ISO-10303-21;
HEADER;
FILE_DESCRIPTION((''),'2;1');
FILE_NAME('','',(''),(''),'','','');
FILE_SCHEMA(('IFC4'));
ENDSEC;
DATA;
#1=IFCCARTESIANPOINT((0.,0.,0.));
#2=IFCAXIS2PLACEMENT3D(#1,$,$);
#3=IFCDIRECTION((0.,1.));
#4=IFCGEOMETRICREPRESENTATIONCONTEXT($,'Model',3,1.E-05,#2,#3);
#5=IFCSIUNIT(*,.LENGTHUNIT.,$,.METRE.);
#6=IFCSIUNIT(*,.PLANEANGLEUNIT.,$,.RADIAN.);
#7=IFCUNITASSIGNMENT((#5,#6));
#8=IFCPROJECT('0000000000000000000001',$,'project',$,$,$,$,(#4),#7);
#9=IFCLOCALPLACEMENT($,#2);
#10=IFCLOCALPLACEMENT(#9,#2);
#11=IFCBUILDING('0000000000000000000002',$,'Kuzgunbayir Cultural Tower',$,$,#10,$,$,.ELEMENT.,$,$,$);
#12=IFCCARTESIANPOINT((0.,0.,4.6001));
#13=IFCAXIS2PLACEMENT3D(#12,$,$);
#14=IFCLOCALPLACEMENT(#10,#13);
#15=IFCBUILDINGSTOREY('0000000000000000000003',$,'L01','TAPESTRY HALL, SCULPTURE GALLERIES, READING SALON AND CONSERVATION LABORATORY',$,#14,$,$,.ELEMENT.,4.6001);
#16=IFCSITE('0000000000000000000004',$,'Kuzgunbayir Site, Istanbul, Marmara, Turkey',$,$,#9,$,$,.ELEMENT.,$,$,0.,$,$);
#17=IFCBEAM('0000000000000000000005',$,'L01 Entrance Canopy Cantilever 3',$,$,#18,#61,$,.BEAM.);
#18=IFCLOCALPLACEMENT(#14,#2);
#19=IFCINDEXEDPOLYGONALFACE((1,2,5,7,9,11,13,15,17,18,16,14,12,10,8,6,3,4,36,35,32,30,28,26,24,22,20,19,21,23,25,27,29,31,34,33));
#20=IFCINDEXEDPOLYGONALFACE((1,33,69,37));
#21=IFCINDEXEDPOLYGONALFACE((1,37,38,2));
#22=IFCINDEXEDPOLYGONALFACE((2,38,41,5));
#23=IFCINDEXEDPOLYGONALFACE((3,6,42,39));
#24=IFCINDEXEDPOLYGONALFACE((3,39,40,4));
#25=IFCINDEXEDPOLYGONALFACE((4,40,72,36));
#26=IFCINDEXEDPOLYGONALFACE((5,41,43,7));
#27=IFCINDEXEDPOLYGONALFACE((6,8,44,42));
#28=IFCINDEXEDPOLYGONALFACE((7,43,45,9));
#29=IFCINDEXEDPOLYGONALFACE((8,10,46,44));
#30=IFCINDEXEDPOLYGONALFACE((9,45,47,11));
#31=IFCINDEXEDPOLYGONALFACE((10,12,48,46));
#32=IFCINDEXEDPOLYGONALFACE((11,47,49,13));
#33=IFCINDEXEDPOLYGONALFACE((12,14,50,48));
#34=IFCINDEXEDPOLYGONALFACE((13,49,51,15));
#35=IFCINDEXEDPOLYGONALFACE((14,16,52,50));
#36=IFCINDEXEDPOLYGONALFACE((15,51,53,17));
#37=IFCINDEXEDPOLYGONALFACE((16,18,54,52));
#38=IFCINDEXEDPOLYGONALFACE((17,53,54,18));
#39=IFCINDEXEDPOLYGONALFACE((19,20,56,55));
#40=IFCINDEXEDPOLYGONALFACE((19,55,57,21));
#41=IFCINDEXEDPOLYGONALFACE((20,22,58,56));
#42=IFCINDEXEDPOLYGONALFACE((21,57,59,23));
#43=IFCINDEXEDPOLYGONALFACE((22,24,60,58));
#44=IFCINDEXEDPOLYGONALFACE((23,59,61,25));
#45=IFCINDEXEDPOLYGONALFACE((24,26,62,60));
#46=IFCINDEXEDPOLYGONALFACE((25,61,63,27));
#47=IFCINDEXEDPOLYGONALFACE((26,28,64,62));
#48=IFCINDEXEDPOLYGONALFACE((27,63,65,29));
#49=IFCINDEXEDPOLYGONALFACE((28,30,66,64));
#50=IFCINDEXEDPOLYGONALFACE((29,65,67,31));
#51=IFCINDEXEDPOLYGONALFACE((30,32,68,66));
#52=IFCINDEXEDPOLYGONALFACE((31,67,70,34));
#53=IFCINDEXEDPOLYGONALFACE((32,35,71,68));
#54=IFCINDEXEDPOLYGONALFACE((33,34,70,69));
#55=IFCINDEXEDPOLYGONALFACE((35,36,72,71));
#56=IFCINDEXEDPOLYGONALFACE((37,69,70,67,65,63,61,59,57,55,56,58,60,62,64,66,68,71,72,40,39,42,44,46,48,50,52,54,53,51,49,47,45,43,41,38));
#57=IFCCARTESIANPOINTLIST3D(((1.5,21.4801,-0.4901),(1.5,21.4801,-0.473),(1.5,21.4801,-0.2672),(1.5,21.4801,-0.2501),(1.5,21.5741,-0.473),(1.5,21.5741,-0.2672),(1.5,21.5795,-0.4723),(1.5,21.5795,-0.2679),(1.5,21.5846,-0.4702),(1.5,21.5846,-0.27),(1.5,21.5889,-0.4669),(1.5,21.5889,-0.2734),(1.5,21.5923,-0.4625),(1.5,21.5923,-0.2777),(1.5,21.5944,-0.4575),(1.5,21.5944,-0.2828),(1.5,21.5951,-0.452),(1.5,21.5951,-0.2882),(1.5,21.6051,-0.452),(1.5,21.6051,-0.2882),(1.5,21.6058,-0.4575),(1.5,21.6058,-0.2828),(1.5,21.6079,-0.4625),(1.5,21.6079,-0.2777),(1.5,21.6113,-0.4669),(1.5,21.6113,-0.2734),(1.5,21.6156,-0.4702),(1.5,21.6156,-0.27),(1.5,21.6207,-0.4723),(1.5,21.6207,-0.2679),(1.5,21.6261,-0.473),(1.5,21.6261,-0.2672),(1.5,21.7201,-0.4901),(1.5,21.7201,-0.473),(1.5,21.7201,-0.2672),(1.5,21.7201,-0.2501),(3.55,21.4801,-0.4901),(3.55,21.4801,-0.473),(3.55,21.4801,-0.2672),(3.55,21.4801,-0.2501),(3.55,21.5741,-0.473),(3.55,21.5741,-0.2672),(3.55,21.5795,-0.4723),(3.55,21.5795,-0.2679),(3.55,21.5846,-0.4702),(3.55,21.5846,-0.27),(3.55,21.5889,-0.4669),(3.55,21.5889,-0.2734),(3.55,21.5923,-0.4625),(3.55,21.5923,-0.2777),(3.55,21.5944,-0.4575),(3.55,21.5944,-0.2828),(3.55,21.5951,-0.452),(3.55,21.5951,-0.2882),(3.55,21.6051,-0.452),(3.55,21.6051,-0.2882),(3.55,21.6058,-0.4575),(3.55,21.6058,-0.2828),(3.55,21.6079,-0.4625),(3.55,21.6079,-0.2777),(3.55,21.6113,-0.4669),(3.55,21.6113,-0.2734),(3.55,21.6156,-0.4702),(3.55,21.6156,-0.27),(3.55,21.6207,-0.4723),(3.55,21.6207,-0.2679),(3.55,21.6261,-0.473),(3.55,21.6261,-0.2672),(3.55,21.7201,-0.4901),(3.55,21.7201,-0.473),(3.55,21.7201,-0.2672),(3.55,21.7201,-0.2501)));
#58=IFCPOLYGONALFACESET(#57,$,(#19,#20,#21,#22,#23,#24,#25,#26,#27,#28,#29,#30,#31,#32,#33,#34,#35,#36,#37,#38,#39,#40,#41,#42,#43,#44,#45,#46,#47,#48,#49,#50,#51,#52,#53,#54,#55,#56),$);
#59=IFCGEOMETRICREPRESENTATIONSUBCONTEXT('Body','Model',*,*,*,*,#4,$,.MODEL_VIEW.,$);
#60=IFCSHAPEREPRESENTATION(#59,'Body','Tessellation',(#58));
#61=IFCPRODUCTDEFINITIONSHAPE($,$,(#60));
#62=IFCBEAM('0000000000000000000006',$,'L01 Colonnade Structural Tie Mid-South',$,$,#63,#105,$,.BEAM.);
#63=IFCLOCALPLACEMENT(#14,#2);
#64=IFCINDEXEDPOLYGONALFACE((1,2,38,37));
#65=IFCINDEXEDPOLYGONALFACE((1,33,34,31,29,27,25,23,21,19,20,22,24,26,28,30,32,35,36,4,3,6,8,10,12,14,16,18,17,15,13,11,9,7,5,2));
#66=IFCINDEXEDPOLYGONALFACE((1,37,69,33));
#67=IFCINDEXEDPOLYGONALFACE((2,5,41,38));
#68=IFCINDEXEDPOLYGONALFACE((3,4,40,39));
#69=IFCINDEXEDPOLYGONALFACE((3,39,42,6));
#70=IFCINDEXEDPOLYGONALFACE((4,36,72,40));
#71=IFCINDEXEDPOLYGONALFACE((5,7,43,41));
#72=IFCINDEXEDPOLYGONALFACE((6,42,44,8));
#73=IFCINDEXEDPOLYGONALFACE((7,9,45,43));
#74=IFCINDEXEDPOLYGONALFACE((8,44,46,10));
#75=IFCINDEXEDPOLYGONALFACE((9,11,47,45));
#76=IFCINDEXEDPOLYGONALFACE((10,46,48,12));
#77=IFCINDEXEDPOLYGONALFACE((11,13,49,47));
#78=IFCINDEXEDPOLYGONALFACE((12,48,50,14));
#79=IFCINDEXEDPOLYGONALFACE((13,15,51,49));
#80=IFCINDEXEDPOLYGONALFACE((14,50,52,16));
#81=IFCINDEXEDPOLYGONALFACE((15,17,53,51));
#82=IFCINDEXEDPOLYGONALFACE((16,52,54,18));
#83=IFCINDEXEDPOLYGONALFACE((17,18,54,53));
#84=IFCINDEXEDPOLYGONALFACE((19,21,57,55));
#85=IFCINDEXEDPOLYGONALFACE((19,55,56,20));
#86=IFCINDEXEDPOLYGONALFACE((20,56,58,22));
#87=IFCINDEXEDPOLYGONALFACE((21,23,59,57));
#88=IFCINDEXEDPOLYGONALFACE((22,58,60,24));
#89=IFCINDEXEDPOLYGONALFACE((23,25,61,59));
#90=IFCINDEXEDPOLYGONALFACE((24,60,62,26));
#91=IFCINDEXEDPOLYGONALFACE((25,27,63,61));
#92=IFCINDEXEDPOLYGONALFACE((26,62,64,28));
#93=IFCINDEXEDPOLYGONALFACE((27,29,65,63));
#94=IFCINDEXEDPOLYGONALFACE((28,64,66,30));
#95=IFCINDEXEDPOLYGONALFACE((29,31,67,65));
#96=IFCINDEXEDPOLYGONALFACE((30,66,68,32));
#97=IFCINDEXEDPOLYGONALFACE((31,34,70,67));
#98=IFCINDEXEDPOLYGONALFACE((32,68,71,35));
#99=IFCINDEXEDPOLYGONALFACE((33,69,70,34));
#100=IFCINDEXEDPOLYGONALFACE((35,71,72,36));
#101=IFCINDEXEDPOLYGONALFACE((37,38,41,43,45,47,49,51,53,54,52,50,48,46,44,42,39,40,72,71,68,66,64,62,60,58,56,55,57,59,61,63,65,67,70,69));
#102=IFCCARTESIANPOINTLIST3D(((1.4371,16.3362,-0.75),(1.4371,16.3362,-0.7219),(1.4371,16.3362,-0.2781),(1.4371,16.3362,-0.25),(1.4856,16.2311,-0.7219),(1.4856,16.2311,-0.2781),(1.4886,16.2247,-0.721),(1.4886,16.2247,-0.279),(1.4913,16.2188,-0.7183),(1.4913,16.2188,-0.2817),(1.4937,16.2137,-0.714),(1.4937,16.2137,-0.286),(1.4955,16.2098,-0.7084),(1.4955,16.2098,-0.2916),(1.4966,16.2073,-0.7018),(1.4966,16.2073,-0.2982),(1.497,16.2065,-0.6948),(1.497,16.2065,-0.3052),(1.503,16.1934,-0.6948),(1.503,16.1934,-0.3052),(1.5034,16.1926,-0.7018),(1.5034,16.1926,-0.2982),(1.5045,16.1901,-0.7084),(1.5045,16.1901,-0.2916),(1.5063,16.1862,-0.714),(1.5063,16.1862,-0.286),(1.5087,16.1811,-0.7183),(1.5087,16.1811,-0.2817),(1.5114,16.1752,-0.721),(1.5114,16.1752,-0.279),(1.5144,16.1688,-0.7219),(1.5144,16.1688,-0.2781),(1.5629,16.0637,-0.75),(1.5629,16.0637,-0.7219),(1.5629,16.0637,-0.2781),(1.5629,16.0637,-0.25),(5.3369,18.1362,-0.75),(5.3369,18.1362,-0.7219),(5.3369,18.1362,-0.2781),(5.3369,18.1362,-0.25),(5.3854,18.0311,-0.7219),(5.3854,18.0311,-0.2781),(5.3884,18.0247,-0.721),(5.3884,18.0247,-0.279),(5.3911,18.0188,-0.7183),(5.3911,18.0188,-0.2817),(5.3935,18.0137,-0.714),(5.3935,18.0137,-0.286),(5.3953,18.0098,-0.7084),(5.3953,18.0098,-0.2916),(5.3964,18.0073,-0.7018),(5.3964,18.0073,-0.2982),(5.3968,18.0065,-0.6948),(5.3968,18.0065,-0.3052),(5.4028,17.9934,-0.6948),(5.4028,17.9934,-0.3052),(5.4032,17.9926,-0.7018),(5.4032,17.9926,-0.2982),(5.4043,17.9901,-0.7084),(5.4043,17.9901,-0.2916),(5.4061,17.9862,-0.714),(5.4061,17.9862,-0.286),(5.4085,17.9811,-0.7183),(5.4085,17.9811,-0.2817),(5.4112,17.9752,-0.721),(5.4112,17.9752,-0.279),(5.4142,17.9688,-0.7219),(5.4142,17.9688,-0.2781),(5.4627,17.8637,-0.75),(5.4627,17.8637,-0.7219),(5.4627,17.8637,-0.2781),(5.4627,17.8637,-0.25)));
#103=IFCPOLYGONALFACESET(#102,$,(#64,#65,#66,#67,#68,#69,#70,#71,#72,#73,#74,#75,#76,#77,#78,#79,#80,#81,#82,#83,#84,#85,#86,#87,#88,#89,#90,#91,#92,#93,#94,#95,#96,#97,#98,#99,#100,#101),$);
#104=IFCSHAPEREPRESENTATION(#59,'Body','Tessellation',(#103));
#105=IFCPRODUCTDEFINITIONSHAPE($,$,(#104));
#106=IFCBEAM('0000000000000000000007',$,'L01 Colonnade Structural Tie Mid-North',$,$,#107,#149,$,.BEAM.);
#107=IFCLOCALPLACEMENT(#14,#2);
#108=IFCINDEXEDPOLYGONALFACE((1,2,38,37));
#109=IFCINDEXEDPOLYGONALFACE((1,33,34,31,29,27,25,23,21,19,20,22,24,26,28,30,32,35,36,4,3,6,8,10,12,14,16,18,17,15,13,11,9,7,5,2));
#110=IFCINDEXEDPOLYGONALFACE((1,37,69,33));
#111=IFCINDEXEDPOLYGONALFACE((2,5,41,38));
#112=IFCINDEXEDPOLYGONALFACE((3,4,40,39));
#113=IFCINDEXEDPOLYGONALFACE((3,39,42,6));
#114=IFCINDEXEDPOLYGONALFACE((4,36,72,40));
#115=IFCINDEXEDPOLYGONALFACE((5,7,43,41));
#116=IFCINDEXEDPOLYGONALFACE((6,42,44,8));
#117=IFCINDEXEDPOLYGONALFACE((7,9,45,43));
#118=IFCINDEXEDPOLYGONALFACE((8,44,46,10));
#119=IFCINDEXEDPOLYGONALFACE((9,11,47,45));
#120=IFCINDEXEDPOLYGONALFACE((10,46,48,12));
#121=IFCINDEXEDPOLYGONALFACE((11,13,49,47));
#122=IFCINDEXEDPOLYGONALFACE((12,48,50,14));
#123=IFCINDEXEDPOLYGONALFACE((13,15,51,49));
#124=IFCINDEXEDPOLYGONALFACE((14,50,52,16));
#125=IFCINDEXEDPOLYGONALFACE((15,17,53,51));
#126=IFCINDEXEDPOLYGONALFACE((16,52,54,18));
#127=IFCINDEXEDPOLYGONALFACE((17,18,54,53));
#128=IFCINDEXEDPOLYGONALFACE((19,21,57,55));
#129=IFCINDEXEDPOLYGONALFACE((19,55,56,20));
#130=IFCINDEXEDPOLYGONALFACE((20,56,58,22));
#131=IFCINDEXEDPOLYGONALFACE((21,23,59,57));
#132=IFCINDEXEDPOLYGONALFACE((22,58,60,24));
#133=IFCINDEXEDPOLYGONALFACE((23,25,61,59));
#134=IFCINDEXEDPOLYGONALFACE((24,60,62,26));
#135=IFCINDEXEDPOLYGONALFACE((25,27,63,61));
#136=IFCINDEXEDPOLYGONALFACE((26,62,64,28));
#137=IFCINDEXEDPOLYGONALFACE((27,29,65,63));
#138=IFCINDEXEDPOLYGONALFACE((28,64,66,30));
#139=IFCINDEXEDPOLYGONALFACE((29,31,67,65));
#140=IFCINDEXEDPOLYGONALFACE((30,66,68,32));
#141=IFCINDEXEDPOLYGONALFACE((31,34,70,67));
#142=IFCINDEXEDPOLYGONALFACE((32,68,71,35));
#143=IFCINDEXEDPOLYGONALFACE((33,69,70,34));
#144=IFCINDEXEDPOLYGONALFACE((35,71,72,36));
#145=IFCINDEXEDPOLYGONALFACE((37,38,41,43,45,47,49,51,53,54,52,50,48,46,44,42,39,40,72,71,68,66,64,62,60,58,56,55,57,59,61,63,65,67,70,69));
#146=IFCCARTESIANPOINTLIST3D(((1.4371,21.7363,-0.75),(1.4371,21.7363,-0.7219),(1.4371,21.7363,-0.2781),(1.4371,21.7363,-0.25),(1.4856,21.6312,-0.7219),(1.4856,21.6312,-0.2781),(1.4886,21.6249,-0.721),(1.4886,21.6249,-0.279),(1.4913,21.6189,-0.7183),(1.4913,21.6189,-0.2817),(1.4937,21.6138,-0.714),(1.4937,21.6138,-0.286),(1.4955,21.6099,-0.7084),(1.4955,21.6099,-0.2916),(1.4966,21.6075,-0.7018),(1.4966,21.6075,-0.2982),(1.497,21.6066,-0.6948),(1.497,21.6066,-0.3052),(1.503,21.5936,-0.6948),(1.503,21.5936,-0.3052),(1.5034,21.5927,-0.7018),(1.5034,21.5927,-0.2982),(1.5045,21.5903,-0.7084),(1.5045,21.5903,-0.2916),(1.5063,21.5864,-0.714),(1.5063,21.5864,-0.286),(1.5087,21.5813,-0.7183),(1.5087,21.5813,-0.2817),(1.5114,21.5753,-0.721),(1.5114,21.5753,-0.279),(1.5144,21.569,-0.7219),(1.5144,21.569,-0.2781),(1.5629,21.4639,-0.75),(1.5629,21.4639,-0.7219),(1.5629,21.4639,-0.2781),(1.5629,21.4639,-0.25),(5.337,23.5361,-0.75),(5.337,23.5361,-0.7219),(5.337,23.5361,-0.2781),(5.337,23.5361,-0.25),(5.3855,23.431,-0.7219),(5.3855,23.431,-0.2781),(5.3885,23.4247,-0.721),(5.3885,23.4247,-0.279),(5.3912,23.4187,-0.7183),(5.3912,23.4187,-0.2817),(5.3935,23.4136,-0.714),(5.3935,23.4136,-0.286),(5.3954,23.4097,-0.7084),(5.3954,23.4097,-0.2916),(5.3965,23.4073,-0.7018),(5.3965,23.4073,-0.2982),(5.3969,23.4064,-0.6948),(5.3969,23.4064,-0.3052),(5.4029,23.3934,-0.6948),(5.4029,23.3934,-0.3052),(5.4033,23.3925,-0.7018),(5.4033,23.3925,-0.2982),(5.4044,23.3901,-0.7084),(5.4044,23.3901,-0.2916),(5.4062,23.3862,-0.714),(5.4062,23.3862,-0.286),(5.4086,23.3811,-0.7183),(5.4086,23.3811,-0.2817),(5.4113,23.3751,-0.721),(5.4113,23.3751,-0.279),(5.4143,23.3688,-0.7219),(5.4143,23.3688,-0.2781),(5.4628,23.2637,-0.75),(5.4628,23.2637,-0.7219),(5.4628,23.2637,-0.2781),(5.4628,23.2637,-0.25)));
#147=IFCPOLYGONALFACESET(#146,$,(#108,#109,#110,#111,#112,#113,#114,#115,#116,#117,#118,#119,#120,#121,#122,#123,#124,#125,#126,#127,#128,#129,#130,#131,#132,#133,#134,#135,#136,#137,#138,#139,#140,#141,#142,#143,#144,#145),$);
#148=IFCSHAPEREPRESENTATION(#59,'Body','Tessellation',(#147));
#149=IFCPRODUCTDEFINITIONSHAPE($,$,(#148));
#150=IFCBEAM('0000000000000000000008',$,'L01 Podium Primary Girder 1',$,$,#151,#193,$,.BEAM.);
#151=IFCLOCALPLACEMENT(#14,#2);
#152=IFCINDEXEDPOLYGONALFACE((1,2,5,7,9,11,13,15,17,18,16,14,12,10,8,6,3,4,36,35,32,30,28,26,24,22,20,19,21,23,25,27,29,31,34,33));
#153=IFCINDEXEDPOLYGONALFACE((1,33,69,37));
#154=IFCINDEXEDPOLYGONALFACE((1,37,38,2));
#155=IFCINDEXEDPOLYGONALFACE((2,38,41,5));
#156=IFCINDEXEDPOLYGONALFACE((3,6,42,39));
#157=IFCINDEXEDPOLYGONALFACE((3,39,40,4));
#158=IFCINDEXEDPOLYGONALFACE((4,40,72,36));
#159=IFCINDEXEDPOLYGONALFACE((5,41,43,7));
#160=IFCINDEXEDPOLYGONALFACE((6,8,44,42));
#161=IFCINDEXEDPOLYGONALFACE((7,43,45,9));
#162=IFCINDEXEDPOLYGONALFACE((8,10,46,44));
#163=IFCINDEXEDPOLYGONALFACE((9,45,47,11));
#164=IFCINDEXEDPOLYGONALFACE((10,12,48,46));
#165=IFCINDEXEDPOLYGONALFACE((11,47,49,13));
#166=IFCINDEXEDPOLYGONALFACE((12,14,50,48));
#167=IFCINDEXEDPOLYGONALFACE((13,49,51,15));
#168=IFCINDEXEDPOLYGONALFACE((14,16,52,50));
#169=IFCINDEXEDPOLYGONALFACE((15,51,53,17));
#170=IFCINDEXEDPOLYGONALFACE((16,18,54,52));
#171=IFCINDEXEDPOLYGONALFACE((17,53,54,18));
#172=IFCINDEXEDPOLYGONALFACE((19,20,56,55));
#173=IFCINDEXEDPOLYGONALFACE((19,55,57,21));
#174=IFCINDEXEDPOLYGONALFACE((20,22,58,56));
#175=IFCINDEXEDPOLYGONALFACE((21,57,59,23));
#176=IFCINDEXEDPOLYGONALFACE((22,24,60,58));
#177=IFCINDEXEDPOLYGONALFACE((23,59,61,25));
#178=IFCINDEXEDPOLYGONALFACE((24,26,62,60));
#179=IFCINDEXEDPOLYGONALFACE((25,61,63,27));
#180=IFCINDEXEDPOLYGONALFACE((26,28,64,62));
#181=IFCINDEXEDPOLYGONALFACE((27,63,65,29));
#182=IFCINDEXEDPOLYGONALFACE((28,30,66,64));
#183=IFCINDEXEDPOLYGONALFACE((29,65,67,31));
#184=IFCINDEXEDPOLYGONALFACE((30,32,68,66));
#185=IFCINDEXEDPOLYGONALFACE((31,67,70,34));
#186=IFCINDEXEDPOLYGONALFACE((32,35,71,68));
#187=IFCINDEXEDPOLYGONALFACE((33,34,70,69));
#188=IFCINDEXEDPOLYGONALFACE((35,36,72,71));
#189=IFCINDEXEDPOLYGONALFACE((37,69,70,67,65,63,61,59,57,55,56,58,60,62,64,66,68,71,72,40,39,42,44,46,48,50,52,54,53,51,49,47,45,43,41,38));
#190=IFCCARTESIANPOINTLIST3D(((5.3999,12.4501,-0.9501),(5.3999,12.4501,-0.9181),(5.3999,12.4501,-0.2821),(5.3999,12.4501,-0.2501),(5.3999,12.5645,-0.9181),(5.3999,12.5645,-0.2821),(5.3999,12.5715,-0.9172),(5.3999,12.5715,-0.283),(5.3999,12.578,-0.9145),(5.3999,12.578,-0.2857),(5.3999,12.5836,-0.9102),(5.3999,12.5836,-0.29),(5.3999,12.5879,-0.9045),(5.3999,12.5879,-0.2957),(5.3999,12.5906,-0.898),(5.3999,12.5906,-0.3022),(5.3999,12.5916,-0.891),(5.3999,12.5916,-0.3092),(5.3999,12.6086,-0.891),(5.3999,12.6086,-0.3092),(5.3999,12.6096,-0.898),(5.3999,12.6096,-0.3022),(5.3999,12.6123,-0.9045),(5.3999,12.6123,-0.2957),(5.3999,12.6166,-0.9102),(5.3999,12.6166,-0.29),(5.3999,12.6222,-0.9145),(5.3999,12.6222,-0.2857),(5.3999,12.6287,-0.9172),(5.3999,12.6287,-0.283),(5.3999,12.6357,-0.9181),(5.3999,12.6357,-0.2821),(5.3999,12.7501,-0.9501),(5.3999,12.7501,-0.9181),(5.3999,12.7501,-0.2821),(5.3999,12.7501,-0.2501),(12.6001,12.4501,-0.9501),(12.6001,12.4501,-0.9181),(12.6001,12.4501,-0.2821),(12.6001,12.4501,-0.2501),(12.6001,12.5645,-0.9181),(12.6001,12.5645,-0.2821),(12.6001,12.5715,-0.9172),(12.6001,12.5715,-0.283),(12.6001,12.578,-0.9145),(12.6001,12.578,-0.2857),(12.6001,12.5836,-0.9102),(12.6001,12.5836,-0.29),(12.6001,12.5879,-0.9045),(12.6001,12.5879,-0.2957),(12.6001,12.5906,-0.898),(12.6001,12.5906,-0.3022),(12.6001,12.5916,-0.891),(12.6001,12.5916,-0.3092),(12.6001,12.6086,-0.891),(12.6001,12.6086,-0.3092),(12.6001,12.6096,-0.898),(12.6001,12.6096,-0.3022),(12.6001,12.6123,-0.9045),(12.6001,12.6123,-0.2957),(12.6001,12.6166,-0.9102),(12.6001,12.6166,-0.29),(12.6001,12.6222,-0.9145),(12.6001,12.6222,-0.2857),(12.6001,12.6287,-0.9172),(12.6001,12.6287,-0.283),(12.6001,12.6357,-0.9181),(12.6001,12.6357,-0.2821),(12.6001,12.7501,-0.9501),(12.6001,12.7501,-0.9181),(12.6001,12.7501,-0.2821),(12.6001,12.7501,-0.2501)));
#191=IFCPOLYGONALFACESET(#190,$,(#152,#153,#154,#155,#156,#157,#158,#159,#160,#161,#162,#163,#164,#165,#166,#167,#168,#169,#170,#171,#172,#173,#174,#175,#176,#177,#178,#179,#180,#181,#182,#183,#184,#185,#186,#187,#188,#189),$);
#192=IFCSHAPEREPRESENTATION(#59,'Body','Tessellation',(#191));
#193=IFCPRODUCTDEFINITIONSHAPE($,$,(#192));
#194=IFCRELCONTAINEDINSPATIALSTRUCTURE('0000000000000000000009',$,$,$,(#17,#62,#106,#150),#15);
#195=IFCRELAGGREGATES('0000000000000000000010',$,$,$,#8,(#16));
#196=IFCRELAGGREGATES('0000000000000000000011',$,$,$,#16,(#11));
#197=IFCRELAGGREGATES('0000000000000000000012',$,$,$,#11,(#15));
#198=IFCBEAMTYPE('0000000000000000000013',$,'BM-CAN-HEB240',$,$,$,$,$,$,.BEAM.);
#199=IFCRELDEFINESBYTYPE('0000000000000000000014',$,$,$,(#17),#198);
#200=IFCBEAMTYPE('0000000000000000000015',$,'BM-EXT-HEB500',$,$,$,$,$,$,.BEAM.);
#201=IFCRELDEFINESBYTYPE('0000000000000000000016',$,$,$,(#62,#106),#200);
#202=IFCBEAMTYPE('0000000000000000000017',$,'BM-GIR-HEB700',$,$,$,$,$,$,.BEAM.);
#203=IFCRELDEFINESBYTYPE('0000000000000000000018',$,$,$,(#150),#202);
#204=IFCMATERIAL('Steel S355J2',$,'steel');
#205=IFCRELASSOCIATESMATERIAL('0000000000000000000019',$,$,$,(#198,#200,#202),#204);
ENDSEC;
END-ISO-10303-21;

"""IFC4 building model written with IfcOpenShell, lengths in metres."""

from ifc_helpers import new_model, si_unit, direction, frame, origin, origin_2d, place, context, subcontext, project, spatial, i_section, extrude, material, material_profile, profile_set, type_object, element, save


model = new_model("IFC4")

# Units and contexts
model_context = context("Model", 3, precision=1e-05, world=origin(), true_north=direction((0.0, 1.0)))
body_context = subcontext(model_context, "Body", "Model", "MODEL_VIEW")
ifc_project = project(units=[si_unit("LENGTHUNIT", "METRE"), si_unit("PLANEANGLEUNIT", "RADIAN")], contexts=[model_context])

# Site, building, storey
site_placement = place(None, origin())
site = spatial("IfcSite", under=ifc_project, at=site_placement, Name="Kuzgunbayir Site, Istanbul, Marmara, Turkey", CompositionType="ELEMENT", RefElevation=0.0)
building_placement = place(site_placement, origin())
building = spatial("IfcBuilding", under=site, at=building_placement, Name="Kuzgunbayir Cultural Tower", CompositionType="ELEMENT")
storey_placement = place(building_placement, frame((0.0, 0.0, 4.6001)))
storey = spatial("IfcBuildingStorey", under=building, at=storey_placement, Name="L01", Description="TAPESTRY HALL, SCULPTURE GALLERIES, READING SALON AND CONSERVATION LABORATORY", CompositionType="ELEMENT", Elevation=4.6001)

# Beams
ifc_material_1 = material(Name="Steel S355J2", Category="steel")
ifc_material_profile_1 = material_profile(ifc_material_1, i_section(OverallWidth=0.24, OverallDepth=0.24, WebThickness=0.01, FlangeThickness=0.0171, FilletRadius=0.021, at=origin_2d()), Name="HEB 240")
ifc_profile_set_1 = profile_set([ifc_material_profile_1], Name="Steel S355J2")
beam_type_1 = type_object("IfcBeamType", Name="BM-CAN-HEB240", PredefinedType="BEAM", material=ifc_profile_set_1)
for number, where, z_axis, x_axis, name in (
    (1, (1.5, 21.6001, -0.3701), (1.0, 0.0, 0.0), (0.0, 1.0, 0.0), "L01 Entrance Canopy Cantilever 3"),
):
    element("IfcBeam", number, at=place(storey_placement, frame(where, z_axis=z_axis, x_axis=x_axis)), inside=storey, type_object=beam_type_1, Name=name, PredefinedType="BEAM", context=body_context, shape_type="SweptSolid", body=[
        extrude(i_section(OverallWidth=0.24, OverallDepth=0.24, WebThickness=0.01, FlangeThickness=0.0171, FilletRadius=0.021, at=origin_2d()), origin(), (0.0, 0.0, 1.0), 2.05),
    ])
ifc_material_profile_2 = material_profile(ifc_material_1, i_section(OverallWidth=0.3, OverallDepth=0.5, WebThickness=0.0144, FlangeThickness=0.0281, FilletRadius=0.0271, at=origin_2d()), Name="HEB 500")
ifc_profile_set_2 = profile_set([ifc_material_profile_2], Name="Steel S355J2")
beam_type_2 = type_object("IfcBeamType", Name="BM-EXT-HEB500", PredefinedType="BEAM", material=ifc_profile_set_2)
for number, where, z_axis, x_axis, name in (
    (2, (1.5, 16.2, -0.5), (0.907951, 0.419076, 0.0), (-0.419076, 0.907951, 0.0), "L01 Colonnade Structural Tie Mid-South"),
    (3, (1.5, 21.6001, -0.5), (0.907973, 0.419029, 0.0), (-0.419029, 0.907973, 0.0), "L01 Colonnade Structural Tie Mid-North"),
):
    element("IfcBeam", number, at=place(storey_placement, frame(where, z_axis=z_axis, x_axis=x_axis)), inside=storey, type_object=beam_type_2, Name=name, PredefinedType="BEAM", context=body_context, shape_type="SweptSolid", body=[
        extrude(i_section(OverallWidth=0.3, OverallDepth=0.5, WebThickness=0.0144, FlangeThickness=0.0281, FilletRadius=0.0271, at=origin_2d()), origin(), (0.0, 0.0, 1.0), 4.2952),
    ])
ifc_material_profile_3 = material_profile(ifc_material_1, i_section(OverallWidth=0.3, OverallDepth=0.7, WebThickness=0.0171, FlangeThickness=0.032, FilletRadius=0.0271, at=origin_2d()), Name="HEB 700")
ifc_profile_set_3 = profile_set([ifc_material_profile_3], Name="Steel S355J2")
beam_type_3 = type_object("IfcBeamType", Name="BM-GIR-HEB700", PredefinedType="BEAM", material=ifc_profile_set_3)
beam_1_placement = place(storey_placement, frame((5.3999, 12.6001, -0.6001), z_axis=(1.0, 0.0, 0.0), x_axis=(0.0, 1.0, 0.0)))
element("IfcBeam", 4, at=beam_1_placement, inside=storey, type_object=beam_type_3, Name="L01 Podium Primary Girder 1", PredefinedType="BEAM", context=body_context, shape_type="SweptSolid", body=[
    extrude(i_section(OverallWidth=0.3, OverallDepth=0.7, WebThickness=0.0171, FlangeThickness=0.032, FilletRadius=0.0271, at=origin_2d()), origin(), (0.0, 0.0, 1.0), 7.2002),
])

save(model, "model.ifc")
